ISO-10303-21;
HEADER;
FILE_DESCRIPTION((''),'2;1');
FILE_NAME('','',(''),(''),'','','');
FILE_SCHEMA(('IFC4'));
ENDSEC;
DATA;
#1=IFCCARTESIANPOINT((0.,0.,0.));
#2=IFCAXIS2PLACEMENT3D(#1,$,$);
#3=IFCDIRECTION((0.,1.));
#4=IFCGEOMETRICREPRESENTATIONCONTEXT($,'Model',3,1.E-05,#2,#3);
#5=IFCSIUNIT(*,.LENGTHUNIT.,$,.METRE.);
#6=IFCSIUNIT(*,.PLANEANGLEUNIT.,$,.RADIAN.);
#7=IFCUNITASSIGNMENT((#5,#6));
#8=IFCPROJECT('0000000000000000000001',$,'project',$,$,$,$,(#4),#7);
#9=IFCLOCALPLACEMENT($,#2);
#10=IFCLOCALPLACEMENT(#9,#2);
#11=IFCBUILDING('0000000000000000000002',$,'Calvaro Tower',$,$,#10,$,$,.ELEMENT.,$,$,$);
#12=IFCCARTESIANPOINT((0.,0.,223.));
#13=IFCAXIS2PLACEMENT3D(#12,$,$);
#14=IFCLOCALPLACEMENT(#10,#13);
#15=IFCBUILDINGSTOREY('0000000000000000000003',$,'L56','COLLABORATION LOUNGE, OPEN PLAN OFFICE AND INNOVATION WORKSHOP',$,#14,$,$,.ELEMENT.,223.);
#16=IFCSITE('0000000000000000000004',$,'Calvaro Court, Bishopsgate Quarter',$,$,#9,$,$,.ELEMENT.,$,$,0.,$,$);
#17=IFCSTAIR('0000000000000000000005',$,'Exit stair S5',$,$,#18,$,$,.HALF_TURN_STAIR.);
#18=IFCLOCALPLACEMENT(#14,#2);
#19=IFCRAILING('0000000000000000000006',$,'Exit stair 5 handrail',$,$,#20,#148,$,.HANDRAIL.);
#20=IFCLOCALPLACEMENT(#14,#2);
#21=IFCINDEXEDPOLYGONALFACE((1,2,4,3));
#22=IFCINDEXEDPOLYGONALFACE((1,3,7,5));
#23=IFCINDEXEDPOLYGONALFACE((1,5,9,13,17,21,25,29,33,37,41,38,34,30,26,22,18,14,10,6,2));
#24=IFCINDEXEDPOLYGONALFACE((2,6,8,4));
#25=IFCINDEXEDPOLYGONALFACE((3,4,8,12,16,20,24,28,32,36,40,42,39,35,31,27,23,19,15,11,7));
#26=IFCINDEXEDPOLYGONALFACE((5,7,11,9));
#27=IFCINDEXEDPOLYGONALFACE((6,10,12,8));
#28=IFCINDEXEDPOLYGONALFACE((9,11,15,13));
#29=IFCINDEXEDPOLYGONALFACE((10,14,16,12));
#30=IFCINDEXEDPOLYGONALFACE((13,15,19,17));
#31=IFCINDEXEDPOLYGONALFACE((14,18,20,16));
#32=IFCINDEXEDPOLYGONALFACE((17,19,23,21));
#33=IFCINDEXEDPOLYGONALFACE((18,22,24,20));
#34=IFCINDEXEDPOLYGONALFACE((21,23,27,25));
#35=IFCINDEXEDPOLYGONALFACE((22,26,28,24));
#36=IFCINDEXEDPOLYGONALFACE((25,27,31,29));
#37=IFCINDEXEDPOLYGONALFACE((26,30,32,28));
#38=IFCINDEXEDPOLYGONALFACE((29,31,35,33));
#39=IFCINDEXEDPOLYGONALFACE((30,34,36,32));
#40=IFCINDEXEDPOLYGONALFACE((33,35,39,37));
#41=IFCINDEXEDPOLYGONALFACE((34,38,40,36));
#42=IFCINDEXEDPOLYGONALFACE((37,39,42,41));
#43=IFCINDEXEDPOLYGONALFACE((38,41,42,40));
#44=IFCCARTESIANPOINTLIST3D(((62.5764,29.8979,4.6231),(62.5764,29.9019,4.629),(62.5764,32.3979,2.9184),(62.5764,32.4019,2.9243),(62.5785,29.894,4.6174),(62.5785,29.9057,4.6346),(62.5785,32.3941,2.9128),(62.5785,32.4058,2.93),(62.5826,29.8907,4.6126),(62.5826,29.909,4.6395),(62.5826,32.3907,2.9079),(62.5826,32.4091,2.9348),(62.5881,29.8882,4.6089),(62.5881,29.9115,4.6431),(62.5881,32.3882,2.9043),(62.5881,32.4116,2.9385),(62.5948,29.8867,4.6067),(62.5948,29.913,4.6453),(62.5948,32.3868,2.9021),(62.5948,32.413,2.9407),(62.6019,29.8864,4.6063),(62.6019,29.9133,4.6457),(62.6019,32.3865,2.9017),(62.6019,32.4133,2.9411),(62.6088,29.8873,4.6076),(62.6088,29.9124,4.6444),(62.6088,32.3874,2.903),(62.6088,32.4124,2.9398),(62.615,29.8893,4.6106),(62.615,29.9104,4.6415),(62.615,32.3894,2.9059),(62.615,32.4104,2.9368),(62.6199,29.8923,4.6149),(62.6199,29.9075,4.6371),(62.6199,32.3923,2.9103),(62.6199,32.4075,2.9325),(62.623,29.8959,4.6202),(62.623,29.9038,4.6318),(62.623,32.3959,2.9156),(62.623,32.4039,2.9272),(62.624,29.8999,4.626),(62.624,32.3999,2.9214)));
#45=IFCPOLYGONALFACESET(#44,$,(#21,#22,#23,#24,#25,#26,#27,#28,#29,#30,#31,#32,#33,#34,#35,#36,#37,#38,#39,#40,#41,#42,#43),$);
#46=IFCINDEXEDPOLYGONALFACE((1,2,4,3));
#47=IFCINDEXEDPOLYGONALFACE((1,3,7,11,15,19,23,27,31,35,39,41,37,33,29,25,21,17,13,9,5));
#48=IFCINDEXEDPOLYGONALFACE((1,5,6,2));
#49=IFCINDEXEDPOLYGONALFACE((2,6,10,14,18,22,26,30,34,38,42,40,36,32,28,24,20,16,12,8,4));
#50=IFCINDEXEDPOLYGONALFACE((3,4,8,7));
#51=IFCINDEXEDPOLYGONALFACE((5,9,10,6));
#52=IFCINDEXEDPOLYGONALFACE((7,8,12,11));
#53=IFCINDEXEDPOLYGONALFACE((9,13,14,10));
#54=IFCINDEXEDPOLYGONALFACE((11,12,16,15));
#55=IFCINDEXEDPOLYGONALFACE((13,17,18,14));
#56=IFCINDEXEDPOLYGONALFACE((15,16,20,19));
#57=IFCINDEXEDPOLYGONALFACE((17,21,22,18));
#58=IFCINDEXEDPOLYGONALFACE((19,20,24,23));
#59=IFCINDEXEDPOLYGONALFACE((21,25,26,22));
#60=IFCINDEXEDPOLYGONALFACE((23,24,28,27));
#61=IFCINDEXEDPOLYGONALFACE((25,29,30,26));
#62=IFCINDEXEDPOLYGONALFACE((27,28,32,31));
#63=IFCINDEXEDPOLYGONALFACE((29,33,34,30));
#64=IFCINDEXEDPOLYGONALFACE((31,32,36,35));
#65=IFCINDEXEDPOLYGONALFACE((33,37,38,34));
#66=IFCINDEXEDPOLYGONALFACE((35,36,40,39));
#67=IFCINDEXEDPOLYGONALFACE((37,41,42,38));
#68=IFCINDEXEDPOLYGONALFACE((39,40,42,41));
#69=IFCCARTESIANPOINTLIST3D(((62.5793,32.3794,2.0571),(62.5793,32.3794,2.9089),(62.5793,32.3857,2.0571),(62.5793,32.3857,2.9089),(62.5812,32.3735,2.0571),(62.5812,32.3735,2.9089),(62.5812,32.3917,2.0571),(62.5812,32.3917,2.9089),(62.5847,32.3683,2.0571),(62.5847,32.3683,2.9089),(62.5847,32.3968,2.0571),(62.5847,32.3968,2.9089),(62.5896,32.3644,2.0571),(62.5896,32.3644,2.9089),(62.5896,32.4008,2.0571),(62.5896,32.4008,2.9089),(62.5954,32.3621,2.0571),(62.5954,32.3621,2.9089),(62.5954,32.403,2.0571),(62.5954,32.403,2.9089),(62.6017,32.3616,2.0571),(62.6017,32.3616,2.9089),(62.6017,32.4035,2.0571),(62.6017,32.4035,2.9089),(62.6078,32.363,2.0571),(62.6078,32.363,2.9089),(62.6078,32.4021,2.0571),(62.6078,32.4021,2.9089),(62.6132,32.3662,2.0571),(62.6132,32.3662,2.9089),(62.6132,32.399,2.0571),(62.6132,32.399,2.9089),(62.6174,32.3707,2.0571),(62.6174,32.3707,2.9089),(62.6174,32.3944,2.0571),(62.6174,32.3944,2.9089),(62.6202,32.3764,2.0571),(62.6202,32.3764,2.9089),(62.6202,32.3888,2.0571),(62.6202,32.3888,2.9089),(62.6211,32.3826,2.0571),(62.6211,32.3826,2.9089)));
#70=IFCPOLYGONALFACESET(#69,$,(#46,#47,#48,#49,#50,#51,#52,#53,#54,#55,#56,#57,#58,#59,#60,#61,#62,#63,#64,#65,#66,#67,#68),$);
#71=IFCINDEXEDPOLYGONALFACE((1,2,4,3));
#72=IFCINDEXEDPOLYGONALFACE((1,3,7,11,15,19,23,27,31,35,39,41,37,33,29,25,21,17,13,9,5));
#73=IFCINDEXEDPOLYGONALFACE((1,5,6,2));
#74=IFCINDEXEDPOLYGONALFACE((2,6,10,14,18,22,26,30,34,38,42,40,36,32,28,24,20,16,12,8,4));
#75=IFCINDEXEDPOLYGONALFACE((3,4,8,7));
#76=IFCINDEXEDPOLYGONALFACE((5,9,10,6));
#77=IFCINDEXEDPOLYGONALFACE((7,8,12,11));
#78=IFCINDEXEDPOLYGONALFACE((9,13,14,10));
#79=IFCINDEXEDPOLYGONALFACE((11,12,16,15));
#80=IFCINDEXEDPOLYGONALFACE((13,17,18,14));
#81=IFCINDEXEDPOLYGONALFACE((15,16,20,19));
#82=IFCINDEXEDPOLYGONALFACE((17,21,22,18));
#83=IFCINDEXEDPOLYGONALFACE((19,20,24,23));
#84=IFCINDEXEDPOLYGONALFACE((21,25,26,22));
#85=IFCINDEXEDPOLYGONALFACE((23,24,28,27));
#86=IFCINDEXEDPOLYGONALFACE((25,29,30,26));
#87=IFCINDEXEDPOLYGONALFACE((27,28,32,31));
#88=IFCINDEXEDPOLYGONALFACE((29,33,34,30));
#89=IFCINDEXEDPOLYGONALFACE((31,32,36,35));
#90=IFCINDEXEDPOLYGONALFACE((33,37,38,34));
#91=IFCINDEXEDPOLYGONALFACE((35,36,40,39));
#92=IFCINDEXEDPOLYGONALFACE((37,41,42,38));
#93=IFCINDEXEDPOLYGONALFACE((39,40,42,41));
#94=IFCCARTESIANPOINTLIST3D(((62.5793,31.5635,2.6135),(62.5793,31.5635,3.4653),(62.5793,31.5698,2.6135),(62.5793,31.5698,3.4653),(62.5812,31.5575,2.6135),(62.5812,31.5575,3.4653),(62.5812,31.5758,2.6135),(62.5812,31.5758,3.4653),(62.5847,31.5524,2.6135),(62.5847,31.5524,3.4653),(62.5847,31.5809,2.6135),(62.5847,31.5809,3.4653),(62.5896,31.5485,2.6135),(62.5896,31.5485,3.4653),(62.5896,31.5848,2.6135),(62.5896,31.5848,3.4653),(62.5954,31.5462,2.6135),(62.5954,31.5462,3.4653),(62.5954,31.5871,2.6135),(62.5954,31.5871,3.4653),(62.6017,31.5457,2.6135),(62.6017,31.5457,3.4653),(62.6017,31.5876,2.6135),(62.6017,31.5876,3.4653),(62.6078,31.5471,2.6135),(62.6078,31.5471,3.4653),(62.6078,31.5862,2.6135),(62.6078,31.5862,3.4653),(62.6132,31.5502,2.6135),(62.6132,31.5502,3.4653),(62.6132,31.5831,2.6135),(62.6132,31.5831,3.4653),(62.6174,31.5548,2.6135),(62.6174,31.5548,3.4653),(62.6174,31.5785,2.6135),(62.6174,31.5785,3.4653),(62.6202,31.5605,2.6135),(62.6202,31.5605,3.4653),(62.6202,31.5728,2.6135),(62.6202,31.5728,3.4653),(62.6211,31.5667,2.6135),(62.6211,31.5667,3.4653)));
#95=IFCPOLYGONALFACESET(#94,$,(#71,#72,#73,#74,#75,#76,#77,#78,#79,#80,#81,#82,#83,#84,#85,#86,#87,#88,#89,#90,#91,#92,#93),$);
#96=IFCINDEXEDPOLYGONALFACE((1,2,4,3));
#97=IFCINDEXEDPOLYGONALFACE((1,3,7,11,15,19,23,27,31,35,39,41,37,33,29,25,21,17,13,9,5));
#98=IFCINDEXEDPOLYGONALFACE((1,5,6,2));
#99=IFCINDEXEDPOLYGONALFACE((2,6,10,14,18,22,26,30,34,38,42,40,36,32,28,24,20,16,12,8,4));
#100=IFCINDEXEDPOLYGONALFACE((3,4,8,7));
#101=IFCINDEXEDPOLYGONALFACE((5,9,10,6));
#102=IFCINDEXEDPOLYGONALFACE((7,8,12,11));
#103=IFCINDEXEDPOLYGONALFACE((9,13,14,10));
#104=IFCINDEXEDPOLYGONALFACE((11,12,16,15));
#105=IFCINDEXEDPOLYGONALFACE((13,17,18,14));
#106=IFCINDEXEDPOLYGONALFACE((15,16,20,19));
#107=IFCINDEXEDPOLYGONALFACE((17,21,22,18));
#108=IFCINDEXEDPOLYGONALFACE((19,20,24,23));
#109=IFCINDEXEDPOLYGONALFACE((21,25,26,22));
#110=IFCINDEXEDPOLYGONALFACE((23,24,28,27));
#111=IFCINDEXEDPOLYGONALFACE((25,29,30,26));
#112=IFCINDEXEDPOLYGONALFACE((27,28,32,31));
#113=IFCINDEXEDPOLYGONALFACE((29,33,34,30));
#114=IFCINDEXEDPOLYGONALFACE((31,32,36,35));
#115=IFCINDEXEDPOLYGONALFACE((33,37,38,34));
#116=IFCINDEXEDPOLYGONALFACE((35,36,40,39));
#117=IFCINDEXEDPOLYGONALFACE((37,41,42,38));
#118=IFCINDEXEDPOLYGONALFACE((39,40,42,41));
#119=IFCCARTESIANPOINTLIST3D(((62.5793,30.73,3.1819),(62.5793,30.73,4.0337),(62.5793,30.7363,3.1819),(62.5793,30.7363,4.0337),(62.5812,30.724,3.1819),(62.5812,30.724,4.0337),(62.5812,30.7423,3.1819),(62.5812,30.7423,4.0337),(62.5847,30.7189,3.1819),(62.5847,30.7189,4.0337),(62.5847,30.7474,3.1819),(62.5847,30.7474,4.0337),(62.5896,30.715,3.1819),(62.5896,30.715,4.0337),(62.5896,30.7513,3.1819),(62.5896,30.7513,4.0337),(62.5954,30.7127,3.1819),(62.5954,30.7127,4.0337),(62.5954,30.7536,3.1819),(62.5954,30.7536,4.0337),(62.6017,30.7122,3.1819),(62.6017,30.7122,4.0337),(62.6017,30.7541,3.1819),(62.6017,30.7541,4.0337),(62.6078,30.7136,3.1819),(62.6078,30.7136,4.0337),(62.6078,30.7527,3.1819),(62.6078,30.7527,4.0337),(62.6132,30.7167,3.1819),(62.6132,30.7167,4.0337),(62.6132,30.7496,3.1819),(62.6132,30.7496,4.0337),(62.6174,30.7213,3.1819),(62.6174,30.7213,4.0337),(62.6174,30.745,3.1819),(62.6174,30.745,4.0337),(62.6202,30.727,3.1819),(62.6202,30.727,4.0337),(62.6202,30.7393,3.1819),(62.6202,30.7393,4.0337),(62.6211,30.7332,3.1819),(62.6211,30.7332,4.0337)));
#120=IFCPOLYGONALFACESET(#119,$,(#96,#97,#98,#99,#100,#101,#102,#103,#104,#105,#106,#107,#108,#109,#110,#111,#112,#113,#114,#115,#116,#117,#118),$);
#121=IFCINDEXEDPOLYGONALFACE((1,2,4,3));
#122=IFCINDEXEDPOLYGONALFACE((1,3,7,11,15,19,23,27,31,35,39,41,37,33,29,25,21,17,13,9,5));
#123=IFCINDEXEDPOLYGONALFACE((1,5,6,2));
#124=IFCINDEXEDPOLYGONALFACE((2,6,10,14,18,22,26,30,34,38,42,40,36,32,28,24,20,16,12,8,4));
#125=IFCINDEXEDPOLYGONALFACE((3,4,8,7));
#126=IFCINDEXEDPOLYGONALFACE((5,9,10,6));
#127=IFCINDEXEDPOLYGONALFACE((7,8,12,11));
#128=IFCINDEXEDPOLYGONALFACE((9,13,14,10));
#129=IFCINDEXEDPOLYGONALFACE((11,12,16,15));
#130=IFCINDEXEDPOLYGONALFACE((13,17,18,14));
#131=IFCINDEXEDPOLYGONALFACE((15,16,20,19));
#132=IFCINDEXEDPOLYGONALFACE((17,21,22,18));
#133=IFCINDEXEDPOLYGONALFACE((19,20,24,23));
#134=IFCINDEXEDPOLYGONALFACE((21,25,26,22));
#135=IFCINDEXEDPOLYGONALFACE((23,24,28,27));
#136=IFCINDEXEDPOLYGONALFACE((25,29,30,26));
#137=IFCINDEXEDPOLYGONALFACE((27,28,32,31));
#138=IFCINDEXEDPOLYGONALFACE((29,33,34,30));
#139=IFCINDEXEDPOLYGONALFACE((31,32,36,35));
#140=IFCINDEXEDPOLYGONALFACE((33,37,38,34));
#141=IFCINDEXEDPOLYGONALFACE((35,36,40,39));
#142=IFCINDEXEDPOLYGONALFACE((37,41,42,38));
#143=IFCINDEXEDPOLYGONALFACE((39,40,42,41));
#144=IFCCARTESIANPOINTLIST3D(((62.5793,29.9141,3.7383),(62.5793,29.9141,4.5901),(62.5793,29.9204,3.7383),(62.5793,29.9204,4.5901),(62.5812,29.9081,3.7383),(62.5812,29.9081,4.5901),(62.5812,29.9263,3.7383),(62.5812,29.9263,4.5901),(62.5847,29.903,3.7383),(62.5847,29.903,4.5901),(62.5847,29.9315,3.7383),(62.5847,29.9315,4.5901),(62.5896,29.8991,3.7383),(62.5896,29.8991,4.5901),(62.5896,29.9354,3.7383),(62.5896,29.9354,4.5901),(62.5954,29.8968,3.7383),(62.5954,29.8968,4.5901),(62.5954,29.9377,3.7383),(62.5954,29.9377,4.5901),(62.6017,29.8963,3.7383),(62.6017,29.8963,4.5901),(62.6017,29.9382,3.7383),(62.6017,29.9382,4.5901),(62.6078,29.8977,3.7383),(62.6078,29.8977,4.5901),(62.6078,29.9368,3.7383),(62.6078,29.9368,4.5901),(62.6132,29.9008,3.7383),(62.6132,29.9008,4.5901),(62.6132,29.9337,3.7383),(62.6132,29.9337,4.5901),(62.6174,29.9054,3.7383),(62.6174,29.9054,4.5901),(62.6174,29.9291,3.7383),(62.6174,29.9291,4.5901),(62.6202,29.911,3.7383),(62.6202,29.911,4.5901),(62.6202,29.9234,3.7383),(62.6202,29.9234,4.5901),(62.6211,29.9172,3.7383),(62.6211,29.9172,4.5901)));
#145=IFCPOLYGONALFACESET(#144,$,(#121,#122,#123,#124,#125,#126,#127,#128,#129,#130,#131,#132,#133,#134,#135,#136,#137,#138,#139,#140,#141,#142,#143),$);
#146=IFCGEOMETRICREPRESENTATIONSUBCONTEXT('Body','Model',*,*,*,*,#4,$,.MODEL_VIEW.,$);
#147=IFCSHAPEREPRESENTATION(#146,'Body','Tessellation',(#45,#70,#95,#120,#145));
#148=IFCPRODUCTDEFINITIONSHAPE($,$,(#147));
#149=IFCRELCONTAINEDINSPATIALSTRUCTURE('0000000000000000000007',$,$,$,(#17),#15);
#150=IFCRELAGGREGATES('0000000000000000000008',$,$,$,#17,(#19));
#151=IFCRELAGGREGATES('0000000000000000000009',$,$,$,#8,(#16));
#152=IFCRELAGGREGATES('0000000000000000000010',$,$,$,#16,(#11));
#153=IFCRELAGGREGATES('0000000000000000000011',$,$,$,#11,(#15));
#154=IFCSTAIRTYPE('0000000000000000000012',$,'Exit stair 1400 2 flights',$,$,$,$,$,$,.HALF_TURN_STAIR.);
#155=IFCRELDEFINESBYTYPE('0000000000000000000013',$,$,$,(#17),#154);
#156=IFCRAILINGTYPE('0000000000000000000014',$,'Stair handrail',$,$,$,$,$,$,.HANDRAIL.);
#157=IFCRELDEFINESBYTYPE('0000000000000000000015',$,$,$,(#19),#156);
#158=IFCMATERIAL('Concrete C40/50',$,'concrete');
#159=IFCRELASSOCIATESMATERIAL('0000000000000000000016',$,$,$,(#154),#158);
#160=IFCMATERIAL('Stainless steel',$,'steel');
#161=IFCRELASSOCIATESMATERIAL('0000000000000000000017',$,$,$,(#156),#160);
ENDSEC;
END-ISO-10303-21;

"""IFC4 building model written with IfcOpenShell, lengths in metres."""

from ifc_helpers import new_model, si_unit, direction, frame, origin, origin_2d, place, context, subcontext, project, spatial, circle, extrude, material, type_object, element, aggregate, save


model = new_model("IFC4")

# Units and contexts
model_context = context("Model", 3, precision=1e-05, world=origin(), true_north=direction((0.0, 1.0)))
body_context = subcontext(model_context, "Body", "Model", "MODEL_VIEW")
ifc_project = project(units=[si_unit("LENGTHUNIT", "METRE"), si_unit("PLANEANGLEUNIT", "RADIAN")], contexts=[model_context])

# Site, building, storey
site_placement = place(None, origin())
site = spatial("IfcSite", under=ifc_project, at=site_placement, Name="Calvaro Court, Bishopsgate Quarter", CompositionType="ELEMENT", RefElevation=0.0)
building_placement = place(site_placement, origin())
building = spatial("IfcBuilding", under=site, at=building_placement, Name="Calvaro Tower", CompositionType="ELEMENT")
storey_placement = place(building_placement, frame((0.0, 0.0, 223.0)))
storey = spatial("IfcBuildingStorey", under=building, at=storey_placement, Name="L56", Description="COLLABORATION LOUNGE, OPEN PLAN OFFICE AND INNOVATION WORKSHOP", CompositionType="ELEMENT", Elevation=223.0)

# Stair, railing
ifc_material_1 = material(Name="Concrete C40/50", Category="concrete")
stair_type = type_object("IfcStairType", Name="Exit stair 1400 2 flights", PredefinedType="HALF_TURN_STAIR", material=ifc_material_1)
stair_placement = place(storey_placement, origin())
stair = element("IfcStair", 1, at=stair_placement, inside=storey, type_object=stair_type, Name="Exit stair S5", PredefinedType="HALF_TURN_STAIR")
ifc_material_2 = material(Name="Stainless steel", Category="steel")
railing_type = type_object("IfcRailingType", Name="Stair handrail", PredefinedType="HANDRAIL", material=ifc_material_2)
railing_1_placement = place(storey_placement, frame((62.6001, 32.3999, 2.0454)))
railing_1 = element("IfcRailing", 2, at=railing_1_placement, type_object=railing_type, Name="Exit stair 5 handrail", PredefinedType="HANDRAIL", context=body_context, shape_type="SweptSolid", body=[
    extrude(circle(Radius=0.0239, at=origin_2d()), frame((0.0, 0.0, 0.876), z_axis=(0.0, -0.826221, 0.563347), x_axis=(1.0, 0.0, 0.0)), (0.0, 0.0, 1.0), 3.0259),
    extrude(circle(Radius=0.021, at=origin_2d()), frame((0.0, -0.0173, 0.0117)), (0.0, 0.0, 1.0), 0.8518),
    extrude(circle(Radius=0.021, at=origin_2d()), frame((0.0, -0.8333, 0.5681)), (0.0, 0.0, 1.0), 0.8518),
    extrude(circle(Radius=0.021, at=origin_2d()), frame((0.0, -1.6667, 1.1365)), (0.0, 0.0, 1.0), 0.8518),
    extrude(circle(Radius=0.021, at=origin_2d()), frame((0.0, -2.4827, 1.6929)), (0.0, 0.0, 1.0), 0.8518),
])
aggregate(stair, [railing_1])

save(model, "model.ifc")
